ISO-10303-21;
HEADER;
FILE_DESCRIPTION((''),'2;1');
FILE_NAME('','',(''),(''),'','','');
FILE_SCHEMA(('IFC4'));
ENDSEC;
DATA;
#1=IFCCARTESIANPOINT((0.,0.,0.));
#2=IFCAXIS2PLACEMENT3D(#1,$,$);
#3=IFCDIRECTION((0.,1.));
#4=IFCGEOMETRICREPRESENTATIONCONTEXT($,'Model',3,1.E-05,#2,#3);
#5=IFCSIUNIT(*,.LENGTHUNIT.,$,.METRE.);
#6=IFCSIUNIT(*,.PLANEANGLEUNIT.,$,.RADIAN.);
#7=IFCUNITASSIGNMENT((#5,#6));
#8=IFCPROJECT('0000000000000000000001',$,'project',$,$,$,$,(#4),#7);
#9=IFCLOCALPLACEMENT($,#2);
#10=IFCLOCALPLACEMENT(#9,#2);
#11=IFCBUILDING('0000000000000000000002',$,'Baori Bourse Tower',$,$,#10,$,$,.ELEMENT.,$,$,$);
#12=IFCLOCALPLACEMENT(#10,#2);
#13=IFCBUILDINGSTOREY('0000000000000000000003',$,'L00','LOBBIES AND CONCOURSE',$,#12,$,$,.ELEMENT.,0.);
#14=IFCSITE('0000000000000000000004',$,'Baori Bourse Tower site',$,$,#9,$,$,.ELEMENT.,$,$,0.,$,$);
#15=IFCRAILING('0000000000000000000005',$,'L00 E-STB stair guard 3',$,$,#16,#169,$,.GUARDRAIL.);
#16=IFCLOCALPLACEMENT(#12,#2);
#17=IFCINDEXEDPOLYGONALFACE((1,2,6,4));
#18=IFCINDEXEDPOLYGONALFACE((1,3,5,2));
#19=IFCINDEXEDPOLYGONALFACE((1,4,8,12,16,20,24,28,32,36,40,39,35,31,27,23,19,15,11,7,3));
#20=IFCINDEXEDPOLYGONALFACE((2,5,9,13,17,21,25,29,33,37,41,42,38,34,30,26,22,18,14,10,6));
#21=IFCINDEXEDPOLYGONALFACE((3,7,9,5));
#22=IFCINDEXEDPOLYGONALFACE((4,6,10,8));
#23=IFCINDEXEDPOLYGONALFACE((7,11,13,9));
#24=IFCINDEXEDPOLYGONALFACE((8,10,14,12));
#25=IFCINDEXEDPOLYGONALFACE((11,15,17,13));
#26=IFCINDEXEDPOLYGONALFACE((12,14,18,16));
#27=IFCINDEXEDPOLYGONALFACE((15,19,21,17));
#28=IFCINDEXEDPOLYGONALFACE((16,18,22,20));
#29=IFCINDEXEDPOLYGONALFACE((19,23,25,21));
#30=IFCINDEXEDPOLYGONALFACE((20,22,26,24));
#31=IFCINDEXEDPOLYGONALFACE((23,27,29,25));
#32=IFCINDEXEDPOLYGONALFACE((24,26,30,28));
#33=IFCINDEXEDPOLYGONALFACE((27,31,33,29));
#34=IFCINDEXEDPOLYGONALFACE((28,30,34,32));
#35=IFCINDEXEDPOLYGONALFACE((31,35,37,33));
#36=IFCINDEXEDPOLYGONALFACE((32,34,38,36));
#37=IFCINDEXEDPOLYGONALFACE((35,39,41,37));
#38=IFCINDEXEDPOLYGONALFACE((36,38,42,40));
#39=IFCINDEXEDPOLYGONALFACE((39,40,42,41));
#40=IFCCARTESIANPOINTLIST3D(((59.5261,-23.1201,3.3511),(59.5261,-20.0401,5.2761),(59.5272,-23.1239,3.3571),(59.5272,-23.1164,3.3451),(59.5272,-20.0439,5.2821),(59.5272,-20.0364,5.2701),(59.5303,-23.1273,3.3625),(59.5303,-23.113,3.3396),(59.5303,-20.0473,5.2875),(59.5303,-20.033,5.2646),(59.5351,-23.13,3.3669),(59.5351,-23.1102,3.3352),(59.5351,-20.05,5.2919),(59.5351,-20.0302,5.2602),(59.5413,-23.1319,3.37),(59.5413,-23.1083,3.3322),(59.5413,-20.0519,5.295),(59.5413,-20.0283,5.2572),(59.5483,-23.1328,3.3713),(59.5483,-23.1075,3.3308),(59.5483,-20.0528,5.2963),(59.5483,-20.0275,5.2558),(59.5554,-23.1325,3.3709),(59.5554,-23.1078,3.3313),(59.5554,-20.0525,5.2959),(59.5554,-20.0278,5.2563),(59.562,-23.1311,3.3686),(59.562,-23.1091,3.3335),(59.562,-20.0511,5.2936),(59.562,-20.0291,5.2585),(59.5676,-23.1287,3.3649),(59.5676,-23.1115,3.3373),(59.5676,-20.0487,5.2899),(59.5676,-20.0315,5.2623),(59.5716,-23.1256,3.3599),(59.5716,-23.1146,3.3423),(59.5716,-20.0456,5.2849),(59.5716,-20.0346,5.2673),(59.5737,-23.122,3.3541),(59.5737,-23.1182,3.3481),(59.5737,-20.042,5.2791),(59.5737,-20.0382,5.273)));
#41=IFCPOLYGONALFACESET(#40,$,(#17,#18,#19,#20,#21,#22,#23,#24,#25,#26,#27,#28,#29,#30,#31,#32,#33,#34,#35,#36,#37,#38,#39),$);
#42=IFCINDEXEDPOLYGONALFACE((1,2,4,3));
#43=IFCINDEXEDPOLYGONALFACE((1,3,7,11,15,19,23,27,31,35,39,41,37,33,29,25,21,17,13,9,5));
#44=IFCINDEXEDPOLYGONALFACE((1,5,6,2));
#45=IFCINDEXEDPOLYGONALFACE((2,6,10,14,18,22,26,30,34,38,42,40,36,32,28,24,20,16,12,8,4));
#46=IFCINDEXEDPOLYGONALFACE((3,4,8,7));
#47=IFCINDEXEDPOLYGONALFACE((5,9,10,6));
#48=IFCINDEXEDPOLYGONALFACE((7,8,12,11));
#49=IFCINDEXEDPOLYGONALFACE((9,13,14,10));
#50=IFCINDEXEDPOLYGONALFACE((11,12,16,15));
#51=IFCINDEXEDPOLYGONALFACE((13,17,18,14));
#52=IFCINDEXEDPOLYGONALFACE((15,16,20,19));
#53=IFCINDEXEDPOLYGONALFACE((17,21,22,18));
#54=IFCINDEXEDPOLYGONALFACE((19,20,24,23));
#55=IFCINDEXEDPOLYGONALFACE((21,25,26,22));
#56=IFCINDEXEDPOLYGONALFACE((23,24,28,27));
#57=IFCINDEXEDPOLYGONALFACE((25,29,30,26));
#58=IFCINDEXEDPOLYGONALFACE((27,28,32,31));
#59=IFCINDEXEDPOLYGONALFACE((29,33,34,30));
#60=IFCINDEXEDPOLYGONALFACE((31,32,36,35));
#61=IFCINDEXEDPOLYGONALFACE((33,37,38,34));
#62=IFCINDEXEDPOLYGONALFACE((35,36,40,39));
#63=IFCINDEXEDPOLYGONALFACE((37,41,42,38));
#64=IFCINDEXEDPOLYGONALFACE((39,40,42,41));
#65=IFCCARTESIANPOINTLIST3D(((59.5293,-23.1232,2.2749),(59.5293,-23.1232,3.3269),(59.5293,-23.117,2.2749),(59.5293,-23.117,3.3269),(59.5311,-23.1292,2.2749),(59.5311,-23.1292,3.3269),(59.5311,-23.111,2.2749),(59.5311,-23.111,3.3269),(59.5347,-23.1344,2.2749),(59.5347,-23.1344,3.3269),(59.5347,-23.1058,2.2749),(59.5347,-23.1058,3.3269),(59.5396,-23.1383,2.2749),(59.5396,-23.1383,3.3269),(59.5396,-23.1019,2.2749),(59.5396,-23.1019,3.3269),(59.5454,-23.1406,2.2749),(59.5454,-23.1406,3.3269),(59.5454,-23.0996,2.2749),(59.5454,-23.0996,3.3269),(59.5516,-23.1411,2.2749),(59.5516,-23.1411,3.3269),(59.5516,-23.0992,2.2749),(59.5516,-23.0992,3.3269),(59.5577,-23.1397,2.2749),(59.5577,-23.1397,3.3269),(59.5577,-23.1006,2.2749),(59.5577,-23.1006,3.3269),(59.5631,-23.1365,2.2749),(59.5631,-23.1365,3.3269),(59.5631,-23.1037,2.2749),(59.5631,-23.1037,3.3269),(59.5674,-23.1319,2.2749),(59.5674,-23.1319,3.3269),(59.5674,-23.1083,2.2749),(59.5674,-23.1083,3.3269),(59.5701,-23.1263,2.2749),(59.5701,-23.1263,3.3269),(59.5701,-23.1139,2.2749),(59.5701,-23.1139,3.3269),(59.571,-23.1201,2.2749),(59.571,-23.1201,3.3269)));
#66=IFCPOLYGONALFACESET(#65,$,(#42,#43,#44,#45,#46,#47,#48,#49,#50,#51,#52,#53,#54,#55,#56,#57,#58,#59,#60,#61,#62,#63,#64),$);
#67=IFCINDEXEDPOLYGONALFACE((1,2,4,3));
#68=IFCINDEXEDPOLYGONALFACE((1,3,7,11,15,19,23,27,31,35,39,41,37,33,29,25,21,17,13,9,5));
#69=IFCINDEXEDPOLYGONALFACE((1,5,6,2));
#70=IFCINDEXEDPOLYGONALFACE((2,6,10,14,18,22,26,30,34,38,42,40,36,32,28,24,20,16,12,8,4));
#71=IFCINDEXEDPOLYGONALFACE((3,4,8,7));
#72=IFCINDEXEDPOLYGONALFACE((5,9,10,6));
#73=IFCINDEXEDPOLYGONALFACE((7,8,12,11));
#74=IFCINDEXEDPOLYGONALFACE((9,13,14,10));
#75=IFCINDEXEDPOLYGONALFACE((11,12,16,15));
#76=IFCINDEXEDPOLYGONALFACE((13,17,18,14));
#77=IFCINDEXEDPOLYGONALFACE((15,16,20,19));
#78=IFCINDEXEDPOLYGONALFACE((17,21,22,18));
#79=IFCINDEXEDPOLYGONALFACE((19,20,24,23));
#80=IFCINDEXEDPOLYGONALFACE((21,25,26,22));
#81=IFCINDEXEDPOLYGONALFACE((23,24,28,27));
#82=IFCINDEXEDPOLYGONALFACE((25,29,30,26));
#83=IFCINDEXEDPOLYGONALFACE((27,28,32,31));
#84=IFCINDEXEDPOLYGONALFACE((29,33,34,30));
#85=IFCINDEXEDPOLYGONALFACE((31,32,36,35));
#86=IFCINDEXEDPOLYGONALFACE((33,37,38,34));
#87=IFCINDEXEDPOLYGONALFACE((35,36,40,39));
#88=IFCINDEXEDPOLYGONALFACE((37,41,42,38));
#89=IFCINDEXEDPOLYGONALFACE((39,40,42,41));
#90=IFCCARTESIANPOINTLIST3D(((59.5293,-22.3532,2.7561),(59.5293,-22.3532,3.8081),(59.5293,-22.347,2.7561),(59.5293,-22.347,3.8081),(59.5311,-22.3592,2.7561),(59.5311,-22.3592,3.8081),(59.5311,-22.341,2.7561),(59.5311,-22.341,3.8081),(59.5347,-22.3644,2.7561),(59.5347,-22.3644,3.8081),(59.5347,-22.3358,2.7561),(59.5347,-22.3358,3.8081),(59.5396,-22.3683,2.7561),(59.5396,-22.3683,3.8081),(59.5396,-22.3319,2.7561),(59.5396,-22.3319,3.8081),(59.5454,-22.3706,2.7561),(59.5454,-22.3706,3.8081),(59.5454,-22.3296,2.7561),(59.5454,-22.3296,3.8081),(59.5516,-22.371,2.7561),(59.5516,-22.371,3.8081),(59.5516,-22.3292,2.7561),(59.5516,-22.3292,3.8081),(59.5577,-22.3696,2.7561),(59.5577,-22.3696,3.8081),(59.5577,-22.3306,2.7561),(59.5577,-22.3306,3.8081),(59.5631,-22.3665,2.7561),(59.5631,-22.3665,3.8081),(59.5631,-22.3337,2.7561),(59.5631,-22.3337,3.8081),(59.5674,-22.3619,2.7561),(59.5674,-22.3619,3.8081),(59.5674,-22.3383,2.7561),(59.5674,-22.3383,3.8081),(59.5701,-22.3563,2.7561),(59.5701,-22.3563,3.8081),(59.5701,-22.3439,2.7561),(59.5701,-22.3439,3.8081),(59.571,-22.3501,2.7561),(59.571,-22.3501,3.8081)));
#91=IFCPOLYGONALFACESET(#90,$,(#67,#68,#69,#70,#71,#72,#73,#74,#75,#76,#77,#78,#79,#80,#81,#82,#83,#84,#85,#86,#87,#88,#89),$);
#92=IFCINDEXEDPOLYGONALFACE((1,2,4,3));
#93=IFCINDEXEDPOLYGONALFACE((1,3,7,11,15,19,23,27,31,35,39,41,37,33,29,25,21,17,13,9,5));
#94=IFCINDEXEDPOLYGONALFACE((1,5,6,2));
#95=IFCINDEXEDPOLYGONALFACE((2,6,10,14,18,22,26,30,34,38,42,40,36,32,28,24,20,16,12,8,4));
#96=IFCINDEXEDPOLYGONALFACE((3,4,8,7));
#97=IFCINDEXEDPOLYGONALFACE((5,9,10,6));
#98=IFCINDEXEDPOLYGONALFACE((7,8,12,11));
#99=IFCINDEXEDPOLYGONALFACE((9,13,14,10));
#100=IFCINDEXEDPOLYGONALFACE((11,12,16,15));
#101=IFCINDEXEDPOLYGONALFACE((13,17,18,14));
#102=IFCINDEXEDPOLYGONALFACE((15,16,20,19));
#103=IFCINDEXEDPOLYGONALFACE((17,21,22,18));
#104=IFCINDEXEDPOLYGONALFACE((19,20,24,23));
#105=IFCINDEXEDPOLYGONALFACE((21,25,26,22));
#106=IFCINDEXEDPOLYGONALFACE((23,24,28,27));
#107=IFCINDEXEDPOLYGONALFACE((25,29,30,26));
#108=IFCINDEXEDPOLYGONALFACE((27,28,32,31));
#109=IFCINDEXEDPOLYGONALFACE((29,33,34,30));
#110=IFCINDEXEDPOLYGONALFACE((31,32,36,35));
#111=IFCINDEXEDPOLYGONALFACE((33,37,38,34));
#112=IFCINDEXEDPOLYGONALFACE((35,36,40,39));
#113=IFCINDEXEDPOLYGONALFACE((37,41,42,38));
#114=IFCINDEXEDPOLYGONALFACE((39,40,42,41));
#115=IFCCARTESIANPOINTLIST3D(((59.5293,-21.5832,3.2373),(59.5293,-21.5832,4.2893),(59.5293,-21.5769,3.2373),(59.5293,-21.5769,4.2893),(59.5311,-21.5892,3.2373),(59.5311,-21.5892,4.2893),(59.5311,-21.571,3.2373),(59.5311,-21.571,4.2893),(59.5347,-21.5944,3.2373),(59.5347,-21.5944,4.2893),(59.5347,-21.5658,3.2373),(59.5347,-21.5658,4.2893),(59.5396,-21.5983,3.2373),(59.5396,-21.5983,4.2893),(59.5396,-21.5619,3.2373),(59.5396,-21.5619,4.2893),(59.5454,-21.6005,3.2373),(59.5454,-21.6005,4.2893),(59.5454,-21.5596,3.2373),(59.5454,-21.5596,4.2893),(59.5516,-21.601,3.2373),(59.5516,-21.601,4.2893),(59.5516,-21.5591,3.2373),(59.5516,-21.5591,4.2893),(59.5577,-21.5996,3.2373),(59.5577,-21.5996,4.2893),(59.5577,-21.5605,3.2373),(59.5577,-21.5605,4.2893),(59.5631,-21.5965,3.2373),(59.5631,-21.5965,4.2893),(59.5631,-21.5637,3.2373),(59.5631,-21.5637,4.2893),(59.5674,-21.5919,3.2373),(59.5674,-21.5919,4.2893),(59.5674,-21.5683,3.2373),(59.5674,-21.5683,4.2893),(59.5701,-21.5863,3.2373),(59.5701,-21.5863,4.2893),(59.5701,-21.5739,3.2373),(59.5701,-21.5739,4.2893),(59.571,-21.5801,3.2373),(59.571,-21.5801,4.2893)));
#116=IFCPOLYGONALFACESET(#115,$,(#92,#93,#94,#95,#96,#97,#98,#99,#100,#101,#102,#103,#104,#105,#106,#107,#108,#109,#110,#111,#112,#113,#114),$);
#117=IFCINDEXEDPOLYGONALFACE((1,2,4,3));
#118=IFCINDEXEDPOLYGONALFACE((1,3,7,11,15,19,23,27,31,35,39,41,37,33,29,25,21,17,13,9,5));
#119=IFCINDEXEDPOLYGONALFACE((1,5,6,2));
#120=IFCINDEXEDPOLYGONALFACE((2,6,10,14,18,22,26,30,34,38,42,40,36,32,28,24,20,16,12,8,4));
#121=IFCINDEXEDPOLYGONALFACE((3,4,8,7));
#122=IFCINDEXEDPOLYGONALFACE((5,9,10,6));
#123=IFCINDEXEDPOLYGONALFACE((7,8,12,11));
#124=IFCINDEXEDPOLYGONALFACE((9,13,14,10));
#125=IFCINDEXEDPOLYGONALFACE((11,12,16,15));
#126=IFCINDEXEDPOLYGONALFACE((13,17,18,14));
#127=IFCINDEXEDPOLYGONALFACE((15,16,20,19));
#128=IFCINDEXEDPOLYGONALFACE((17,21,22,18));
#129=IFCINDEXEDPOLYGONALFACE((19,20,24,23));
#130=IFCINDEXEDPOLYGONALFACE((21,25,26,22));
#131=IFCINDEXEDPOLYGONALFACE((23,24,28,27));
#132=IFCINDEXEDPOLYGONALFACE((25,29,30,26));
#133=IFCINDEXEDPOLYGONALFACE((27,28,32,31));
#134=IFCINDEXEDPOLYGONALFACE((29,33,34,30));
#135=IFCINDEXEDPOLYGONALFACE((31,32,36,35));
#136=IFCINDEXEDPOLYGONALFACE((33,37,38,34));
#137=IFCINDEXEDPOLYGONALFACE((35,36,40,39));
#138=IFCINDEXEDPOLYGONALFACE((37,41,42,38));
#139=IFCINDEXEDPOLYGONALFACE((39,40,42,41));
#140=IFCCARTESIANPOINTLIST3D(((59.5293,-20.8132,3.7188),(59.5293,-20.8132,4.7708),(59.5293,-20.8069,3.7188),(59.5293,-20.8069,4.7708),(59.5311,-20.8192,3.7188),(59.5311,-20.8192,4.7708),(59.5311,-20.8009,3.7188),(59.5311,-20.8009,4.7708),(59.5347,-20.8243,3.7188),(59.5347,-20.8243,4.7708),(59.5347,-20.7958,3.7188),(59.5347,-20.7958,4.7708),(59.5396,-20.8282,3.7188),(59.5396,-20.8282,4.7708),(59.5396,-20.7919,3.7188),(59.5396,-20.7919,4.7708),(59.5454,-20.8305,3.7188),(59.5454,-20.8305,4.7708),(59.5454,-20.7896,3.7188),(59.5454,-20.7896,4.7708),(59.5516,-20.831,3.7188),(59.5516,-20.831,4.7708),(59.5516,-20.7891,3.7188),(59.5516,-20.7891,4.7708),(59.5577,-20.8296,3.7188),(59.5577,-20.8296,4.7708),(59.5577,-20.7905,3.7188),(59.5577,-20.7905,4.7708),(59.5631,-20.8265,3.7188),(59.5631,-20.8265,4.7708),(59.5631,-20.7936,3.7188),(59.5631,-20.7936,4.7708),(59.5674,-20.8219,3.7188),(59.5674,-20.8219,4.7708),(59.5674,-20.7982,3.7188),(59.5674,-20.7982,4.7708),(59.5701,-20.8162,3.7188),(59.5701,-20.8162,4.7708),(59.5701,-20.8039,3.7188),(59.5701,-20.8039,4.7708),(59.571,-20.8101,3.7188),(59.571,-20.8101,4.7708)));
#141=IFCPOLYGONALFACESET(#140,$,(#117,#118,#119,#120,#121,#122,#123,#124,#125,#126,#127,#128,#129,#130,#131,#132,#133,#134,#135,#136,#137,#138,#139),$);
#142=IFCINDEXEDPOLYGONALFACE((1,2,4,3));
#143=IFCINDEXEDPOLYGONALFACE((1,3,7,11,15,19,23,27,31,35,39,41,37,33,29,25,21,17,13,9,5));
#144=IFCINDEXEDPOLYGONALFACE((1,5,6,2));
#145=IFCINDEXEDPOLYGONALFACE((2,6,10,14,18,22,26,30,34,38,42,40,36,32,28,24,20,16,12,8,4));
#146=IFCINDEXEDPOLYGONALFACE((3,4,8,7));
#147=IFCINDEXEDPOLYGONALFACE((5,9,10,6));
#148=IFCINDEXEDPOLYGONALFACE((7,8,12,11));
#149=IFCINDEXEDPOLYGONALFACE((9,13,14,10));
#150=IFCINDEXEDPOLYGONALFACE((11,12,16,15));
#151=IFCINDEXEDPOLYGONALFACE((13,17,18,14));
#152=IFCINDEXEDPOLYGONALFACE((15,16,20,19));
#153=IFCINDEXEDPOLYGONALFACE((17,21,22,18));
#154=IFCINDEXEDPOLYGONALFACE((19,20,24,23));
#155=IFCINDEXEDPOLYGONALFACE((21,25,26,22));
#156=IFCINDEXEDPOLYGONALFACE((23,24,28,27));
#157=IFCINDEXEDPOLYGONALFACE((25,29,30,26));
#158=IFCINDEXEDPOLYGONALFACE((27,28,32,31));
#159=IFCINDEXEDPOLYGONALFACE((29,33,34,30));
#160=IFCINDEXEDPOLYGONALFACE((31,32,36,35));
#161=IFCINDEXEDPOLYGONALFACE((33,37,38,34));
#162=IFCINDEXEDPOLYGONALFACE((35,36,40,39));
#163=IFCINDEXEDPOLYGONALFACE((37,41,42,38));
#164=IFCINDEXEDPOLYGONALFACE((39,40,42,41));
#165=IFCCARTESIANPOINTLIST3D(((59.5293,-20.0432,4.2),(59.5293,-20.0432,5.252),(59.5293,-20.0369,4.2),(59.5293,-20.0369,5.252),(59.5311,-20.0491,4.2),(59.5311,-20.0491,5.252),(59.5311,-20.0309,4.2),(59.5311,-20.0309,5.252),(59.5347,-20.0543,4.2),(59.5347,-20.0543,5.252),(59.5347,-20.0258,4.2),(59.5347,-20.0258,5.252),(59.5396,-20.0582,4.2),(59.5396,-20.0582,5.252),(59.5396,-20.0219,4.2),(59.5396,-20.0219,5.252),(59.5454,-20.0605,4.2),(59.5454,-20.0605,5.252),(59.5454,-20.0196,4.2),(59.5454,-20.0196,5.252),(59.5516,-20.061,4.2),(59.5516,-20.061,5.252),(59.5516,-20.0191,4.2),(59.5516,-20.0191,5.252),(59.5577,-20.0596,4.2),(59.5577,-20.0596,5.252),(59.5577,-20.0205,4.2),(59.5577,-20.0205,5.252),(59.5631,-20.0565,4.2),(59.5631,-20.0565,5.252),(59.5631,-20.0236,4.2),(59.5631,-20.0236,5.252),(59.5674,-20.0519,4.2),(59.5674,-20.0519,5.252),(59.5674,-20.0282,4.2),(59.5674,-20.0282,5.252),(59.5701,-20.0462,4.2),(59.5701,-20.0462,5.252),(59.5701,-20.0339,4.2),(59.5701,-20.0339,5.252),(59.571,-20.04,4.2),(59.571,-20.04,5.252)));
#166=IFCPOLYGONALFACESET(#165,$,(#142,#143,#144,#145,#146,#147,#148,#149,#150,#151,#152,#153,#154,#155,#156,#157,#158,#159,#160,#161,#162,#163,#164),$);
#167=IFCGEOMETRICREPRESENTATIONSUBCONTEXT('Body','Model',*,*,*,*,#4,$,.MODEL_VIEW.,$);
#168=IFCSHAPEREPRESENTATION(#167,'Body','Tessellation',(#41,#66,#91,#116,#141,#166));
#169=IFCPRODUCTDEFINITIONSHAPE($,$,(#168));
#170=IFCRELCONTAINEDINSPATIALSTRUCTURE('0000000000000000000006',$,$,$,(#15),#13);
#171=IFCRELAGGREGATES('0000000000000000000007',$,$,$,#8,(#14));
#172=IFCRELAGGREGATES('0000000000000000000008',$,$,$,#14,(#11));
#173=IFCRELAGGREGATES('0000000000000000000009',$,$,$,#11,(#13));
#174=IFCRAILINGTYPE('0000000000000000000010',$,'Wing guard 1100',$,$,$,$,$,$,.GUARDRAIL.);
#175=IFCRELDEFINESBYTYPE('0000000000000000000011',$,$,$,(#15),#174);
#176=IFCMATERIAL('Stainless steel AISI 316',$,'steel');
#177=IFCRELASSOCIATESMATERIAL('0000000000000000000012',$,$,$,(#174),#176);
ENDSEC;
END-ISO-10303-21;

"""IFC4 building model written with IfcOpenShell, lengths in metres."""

from ifc_helpers import new_model, si_unit, direction, frame, origin, origin_2d, place, context, subcontext, project, spatial, circle, extrude, material, type_object, element, save


model = new_model("IFC4")

# Units and contexts
model_context = context("Model", 3, precision=1e-05, world=origin(), true_north=direction((0.0, 1.0)))
body_context = subcontext(model_context, "Body", "Model", "MODEL_VIEW")
ifc_project = project(units=[si_unit("LENGTHUNIT", "METRE"), si_unit("PLANEANGLEUNIT", "RADIAN")], contexts=[model_context])

# Site, building, storey
site_placement = place(None, origin())
site = spatial("IfcSite", under=ifc_project, at=site_placement, Name="Baori Bourse Tower site", CompositionType="ELEMENT", RefElevation=0.0)
building_placement = place(site_placement, origin())
building = spatial("IfcBuilding", under=site, at=building_placement, Name="Baori Bourse Tower", CompositionType="ELEMENT")
storey_placement = place(building_placement, origin())
storey = spatial("IfcBuildingStorey", under=building, at=storey_placement, Name="L00", Description="LOBBIES AND CONCOURSE", CompositionType="ELEMENT", Elevation=0.0)

# Railing
ifc_material_1 = material(Name="Stainless steel AISI 316", Category="steel")
railing_type_1 = type_object("IfcRailingType", Name="Wing guard 1100", PredefinedType="GUARDRAIL", material=ifc_material_1)
railing_1_placement = place(storey_placement, frame((59.55, -23.1201, 2.2749)))
element("IfcRailing", 1, at=railing_1_placement, inside=storey, type_object=railing_type_1, Name="L00 E-STB stair guard 3", PredefinedType="GUARDRAIL", context=body_context, shape_type="SweptSolid", body=[
    extrude(circle(Radius=0.0239, at=origin_2d()), frame((0.0, 0.0, 1.0762), z_axis=(0.0, 0.847998, 0.529999), x_axis=(-1.0, 0.0, 0.0)), (0.0, 0.0, 1.0), 3.6321),
    extrude(circle(Radius=0.021, at=origin_2d()), origin(), (0.0, 0.0, 1.0), 1.052),
    extrude(circle(Radius=0.021, at=origin_2d()), frame((0.0, 0.77, 0.4812)), (0.0, 0.0, 1.0), 1.052),
    extrude(circle(Radius=0.021, at=origin_2d()), frame((0.0, 1.54, 0.9624)), (0.0, 0.0, 1.0), 1.052),
    extrude(circle(Radius=0.021, at=origin_2d()), frame((0.0, 2.3101, 1.4438)), (0.0, 0.0, 1.0), 1.052),
    extrude(circle(Radius=0.021, at=origin_2d()), frame((0.0, 3.0801, 1.925)), (0.0, 0.0, 1.0), 1.052),
])

save(model, "model.ifc")
